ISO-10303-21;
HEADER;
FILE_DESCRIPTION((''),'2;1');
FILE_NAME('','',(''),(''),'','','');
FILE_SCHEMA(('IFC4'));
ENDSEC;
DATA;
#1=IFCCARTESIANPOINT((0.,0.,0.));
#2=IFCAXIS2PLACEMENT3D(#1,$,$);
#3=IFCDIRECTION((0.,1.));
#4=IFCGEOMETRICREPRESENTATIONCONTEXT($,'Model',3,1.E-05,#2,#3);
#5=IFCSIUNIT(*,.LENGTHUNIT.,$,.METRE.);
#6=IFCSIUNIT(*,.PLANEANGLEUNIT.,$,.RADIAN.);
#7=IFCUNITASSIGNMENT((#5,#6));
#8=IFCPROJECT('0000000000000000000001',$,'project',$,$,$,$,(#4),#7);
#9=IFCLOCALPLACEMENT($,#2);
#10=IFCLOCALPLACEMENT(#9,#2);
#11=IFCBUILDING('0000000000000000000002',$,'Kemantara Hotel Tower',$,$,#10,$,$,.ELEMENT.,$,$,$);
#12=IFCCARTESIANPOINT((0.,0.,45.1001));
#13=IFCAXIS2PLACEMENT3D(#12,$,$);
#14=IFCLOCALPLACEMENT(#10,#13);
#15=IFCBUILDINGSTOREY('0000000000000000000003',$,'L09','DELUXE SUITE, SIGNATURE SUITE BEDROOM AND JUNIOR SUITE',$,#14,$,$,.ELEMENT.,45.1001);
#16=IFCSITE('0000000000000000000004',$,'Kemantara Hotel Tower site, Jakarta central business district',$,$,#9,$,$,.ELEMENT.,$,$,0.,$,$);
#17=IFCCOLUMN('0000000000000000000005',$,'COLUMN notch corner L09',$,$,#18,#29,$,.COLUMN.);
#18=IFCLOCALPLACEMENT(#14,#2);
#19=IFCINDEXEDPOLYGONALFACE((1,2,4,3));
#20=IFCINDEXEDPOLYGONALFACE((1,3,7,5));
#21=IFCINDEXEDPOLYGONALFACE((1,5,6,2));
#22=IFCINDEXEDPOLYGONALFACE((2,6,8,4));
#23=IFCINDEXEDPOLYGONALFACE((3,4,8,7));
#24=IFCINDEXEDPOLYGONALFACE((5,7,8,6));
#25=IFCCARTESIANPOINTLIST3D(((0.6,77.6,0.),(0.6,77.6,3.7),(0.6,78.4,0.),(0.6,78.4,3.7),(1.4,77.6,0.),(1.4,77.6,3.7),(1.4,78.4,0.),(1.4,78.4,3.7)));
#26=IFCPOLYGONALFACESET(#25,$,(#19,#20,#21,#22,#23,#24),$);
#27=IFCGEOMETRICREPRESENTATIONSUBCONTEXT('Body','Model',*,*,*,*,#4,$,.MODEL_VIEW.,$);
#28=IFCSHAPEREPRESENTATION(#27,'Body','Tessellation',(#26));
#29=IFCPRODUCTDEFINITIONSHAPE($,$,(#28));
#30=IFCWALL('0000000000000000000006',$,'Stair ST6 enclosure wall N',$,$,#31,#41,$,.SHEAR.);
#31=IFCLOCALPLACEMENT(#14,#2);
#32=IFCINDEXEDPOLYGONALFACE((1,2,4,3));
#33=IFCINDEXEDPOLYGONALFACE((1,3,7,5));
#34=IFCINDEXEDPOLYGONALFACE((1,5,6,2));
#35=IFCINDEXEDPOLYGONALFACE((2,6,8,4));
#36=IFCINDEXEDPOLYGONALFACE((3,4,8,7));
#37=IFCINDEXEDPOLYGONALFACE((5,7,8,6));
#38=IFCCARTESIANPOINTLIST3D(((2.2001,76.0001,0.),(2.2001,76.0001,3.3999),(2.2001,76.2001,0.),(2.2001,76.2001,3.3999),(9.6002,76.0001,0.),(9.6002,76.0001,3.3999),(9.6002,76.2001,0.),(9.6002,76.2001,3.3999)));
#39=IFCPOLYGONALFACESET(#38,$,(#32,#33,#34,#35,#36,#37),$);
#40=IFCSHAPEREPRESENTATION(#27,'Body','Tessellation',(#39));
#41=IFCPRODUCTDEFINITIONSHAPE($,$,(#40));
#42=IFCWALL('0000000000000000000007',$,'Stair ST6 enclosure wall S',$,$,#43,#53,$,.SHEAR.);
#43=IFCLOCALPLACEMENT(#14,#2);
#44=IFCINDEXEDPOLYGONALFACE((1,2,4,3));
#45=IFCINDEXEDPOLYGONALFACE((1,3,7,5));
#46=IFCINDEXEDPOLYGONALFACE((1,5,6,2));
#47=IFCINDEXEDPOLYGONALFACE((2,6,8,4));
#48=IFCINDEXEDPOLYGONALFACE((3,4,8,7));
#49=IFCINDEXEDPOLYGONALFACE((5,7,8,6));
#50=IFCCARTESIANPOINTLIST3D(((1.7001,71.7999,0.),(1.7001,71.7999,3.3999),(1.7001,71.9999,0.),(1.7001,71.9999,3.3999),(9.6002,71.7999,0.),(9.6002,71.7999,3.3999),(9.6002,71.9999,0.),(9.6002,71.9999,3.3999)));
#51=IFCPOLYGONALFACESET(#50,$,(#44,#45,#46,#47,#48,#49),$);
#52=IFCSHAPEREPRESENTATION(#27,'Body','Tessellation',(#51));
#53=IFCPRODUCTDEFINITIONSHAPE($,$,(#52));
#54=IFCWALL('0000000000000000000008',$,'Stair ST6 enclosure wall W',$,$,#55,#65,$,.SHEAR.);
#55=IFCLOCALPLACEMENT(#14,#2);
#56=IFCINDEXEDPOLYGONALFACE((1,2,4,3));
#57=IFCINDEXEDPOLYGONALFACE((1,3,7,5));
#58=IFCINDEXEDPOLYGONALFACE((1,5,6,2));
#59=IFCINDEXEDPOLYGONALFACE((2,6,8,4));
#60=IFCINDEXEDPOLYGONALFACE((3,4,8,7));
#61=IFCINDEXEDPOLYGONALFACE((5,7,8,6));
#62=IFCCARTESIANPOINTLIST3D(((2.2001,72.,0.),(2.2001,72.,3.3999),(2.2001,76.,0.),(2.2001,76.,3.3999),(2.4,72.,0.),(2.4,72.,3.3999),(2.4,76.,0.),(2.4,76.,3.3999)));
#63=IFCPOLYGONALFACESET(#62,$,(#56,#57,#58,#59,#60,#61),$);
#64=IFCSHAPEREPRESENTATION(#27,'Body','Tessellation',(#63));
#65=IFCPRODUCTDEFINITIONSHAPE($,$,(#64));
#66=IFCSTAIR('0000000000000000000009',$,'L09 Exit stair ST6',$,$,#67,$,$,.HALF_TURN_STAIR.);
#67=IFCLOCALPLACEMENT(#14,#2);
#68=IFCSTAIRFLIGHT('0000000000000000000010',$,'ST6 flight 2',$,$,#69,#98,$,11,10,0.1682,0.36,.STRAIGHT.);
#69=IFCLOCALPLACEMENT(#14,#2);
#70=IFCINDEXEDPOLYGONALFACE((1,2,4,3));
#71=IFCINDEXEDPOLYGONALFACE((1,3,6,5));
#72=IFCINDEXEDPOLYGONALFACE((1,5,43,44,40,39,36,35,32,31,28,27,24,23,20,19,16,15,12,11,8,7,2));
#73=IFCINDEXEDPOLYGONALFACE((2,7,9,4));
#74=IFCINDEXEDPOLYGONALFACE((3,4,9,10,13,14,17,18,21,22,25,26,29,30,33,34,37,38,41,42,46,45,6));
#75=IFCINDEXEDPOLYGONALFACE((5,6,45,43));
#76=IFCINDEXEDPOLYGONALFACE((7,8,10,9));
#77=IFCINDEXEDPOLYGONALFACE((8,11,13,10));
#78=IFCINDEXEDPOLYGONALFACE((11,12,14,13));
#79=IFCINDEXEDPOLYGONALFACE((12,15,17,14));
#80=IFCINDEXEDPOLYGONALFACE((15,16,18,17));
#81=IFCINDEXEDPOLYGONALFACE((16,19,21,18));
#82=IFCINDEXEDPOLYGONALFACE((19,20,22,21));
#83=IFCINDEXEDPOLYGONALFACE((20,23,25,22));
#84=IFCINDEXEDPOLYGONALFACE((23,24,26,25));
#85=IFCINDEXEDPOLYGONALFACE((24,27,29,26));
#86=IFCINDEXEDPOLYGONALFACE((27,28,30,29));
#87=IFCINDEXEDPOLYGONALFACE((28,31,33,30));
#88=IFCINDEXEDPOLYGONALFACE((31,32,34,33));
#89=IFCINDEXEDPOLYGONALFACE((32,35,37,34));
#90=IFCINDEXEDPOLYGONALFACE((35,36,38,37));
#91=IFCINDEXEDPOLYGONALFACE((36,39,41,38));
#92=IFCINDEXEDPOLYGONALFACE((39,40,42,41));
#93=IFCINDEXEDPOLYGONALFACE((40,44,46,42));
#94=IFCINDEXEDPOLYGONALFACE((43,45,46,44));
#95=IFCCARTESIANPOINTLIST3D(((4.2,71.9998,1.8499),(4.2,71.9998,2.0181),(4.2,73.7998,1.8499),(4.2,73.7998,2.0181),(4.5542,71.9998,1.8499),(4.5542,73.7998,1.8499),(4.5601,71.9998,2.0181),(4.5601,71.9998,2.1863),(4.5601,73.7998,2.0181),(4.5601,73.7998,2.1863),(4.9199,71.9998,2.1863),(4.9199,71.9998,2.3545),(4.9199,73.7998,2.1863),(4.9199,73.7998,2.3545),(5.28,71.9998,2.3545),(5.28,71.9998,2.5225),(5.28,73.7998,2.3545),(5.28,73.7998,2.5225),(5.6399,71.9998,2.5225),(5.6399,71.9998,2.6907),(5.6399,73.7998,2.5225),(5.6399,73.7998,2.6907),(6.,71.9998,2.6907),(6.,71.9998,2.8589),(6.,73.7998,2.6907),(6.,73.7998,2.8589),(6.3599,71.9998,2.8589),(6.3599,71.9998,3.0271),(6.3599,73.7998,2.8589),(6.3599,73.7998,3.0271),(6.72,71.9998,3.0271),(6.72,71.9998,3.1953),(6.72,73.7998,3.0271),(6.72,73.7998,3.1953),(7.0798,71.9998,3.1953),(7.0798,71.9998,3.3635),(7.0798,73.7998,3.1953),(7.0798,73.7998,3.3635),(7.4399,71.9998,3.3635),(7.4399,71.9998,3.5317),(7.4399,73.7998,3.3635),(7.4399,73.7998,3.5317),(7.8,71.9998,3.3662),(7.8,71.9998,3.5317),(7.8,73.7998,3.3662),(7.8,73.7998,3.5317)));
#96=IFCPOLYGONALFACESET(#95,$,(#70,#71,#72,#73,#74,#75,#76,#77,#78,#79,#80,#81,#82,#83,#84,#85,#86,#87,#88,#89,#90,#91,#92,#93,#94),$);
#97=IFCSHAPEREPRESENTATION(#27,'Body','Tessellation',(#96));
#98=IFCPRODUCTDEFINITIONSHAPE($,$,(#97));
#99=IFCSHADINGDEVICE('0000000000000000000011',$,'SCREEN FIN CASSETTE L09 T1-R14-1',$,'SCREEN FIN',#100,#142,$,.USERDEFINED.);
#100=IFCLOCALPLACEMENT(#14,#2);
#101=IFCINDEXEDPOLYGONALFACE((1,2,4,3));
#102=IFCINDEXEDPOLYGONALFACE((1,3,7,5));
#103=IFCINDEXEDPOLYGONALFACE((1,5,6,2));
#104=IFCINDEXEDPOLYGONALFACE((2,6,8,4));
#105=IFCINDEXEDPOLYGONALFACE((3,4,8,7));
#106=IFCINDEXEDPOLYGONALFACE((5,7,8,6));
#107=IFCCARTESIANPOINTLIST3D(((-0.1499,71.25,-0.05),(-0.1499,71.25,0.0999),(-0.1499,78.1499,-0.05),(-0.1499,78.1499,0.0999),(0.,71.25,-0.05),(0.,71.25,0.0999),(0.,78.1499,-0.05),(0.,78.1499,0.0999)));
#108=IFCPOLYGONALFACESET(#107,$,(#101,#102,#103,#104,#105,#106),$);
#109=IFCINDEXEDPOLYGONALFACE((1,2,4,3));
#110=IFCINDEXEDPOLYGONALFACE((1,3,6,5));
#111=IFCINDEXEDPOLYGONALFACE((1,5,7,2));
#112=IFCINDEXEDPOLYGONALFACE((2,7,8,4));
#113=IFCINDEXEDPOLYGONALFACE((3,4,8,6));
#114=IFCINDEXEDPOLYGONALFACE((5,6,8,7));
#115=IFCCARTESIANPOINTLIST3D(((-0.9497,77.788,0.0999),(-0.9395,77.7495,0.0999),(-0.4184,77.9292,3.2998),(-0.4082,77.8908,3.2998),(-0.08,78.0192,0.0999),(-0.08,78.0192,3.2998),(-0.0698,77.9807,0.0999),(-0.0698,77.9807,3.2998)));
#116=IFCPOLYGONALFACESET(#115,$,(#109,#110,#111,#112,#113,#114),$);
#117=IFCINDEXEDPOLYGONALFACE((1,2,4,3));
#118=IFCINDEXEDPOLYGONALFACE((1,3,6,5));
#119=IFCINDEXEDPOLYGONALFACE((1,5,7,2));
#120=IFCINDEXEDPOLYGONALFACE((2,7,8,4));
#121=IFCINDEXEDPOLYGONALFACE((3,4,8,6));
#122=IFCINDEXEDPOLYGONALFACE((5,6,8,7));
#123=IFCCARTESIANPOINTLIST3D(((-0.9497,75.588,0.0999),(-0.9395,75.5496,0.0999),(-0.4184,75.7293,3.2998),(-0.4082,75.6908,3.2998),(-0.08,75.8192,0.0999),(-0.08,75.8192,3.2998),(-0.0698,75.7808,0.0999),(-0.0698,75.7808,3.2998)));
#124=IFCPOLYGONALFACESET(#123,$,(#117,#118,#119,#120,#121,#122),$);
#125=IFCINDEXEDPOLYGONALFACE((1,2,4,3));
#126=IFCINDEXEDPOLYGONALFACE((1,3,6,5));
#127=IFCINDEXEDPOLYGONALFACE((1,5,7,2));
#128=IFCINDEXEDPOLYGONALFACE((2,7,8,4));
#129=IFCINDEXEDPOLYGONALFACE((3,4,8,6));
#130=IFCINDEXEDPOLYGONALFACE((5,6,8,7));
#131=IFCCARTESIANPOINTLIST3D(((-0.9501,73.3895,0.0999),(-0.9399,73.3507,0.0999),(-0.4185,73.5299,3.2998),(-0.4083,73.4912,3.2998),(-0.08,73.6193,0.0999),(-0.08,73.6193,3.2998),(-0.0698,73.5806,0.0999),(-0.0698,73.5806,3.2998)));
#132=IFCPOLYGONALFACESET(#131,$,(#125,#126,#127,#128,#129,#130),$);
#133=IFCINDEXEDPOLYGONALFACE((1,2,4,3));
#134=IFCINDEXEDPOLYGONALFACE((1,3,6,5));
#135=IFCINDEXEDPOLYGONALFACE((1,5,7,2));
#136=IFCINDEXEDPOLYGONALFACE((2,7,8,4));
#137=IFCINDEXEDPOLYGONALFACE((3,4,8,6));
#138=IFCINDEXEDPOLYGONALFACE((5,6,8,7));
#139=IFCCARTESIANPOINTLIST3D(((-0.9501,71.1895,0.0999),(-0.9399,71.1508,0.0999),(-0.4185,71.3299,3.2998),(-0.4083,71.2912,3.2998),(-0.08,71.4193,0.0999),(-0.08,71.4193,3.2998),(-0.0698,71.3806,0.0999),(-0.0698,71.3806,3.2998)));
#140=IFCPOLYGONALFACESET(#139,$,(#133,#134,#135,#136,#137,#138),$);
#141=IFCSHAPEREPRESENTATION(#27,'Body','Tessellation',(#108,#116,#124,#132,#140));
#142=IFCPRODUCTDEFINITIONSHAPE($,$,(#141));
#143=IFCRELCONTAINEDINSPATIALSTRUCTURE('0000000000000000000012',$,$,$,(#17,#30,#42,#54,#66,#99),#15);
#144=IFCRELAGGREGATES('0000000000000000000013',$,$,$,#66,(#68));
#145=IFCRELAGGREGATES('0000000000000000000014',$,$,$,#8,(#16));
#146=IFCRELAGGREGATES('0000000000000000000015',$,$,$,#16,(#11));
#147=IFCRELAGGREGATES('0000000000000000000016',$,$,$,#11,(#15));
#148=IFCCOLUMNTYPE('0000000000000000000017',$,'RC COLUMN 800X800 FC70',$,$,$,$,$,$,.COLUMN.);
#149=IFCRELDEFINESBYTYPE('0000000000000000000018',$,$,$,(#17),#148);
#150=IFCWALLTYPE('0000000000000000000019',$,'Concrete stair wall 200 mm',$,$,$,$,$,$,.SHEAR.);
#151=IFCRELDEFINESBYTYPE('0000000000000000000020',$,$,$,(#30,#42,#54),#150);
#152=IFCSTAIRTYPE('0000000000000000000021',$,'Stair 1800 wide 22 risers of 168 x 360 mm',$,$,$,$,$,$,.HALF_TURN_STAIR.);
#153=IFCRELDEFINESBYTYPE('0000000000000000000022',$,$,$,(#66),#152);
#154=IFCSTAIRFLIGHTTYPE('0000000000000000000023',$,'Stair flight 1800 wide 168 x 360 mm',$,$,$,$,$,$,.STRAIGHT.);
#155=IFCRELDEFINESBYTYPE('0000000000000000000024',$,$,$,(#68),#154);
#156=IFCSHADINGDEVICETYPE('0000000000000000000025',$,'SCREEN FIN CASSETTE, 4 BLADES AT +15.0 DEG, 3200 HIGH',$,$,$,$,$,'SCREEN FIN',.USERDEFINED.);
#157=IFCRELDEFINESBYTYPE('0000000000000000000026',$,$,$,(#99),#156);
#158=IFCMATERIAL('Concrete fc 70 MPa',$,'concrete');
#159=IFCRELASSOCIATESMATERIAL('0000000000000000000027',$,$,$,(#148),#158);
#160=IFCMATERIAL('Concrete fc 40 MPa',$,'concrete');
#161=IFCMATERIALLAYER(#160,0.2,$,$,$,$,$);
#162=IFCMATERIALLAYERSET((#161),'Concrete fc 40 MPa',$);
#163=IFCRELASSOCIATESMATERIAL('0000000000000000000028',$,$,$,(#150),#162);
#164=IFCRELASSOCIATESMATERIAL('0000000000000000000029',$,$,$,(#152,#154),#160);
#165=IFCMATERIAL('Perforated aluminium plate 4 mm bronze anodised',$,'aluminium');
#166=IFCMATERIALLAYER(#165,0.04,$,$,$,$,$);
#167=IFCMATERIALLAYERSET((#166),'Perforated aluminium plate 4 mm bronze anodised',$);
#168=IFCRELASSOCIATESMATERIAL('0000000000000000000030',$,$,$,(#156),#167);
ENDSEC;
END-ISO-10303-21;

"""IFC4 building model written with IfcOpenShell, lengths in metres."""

from ifc_helpers import new_model, si_unit, direction, frame, frame_2d, origin, origin_2d, place, context, subcontext, project, spatial, polyline, rectangle, outline, extrude, source, transform, mapped, material, layer, layer_set, material_profile, profile_set, type_object, element, aggregate, save


model = new_model("IFC4")

# Units and contexts
model_context = context("Model", 3, precision=1e-05, world=origin(), true_north=direction((0.0, 1.0)))
body_context = subcontext(model_context, "Body", "Model", "MODEL_VIEW")
ifc_project = project(units=[si_unit("LENGTHUNIT", "METRE"), si_unit("PLANEANGLEUNIT", "RADIAN")], contexts=[model_context])

# Site, building, storey
site_placement = place(None, origin())
site = spatial("IfcSite", under=ifc_project, at=site_placement, Name="Kemantara Hotel Tower site, Jakarta central business district", CompositionType="ELEMENT", RefElevation=0.0)
building_placement = place(site_placement, origin())
building = spatial("IfcBuilding", under=site, at=building_placement, Name="Kemantara Hotel Tower", CompositionType="ELEMENT")
storey_placement = place(building_placement, frame((0.0, 0.0, 45.1001)))
storey = spatial("IfcBuildingStorey", under=building, at=storey_placement, Name="L09", Description="DELUXE SUITE, SIGNATURE SUITE BEDROOM AND JUNIOR SUITE", CompositionType="ELEMENT", Elevation=45.1001)

# Column
ifc_material_1 = material(Name="Concrete fc 70 MPa", Category="concrete")
ifc_material_profile = material_profile(ifc_material_1, rectangle(XDim=0.8, YDim=0.8, at=origin_2d()), Name="RC 800X800")
ifc_profile_set = profile_set([ifc_material_profile], Name="Concrete fc 70 MPa")
column_type = type_object("IfcColumnType", Name="RC COLUMN 800X800 FC70", PredefinedType="COLUMN", material=ifc_profile_set)
column_placement = place(storey_placement, frame((1.0, 78.0, 0.0), z_axis=(0.0, 0.0, 1.0), x_axis=(1.0, 0.0, 0.0)))
element("IfcColumn", 1, at=column_placement, inside=storey, type_object=column_type, Name="COLUMN notch corner L09", PredefinedType="COLUMN", context=body_context, shape_type="SweptSolid", body=[
    extrude(rectangle(XDim=0.8, YDim=0.8, at=origin_2d()), origin(), (0.0, 0.0, 1.0), 3.7),
])

# Walls
ifc_material_2 = material(Name="Concrete fc 40 MPa", Category="concrete")
ifc_layer_1 = layer(ifc_material_2, 0.2)
ifc_layer_set_1 = layer_set([ifc_layer_1], Name="Concrete fc 40 MPa")
wall_type = type_object("IfcWallType", Name="Concrete stair wall 200 mm", PredefinedType="SHEAR", material=ifc_layer_set_1)
wall_1_placement = place(storey_placement, frame((2.2, 76.1001, 0.0), z_axis=(0.0, 0.0, 1.0), x_axis=(1.0, 0.0, 0.0)))
element("IfcWall", 2, at=wall_1_placement, inside=storey, type_object=wall_type, Name="Stair ST6 enclosure wall N", PredefinedType="SHEAR", context=body_context, shape_type="SweptSolid", body=[
    extrude(rectangle(XDim=7.4001, YDim=0.2, at=frame_2d((3.7002, 0.0))), origin(), (0.0, 0.0, 1.0), 3.3999),
])
wall_2_placement = place(storey_placement, frame((1.7, 71.8999, 0.0), z_axis=(0.0, 0.0, 1.0), x_axis=(1.0, 0.0, 0.0)))
element("IfcWall", 3, at=wall_2_placement, inside=storey, type_object=wall_type, Name="Stair ST6 enclosure wall S", PredefinedType="SHEAR", context=body_context, shape_type="SweptSolid", body=[
    extrude(rectangle(XDim=7.9001, YDim=0.2, at=frame_2d((3.9502, 0.0))), origin(), (0.0, 0.0, 1.0), 3.3999),
])
wall_3_placement = place(storey_placement, frame((2.3, 72.0, 0.0), z_axis=(0.0, 0.0, 1.0), x_axis=(0.0, 1.0, 0.0)))
element("IfcWall", 4, at=wall_3_placement, inside=storey, type_object=wall_type, Name="Stair ST6 enclosure wall W", PredefinedType="SHEAR", context=body_context, shape_type="SweptSolid", body=[
    extrude(rectangle(XDim=4.0, YDim=0.2, at=frame_2d((2.0, 0.0))), origin(), (0.0, 0.0, 1.0), 3.3999),
])

# Stair, stair flight
stair_type = type_object("IfcStairType", Name="Stair 1800 wide 22 risers of 168 x 360 mm", PredefinedType="HALF_TURN_STAIR", material=ifc_material_2)
stair_placement = place(storey_placement, origin())
stair = element("IfcStair", 5, at=stair_placement, inside=storey, type_object=stair_type, Name="L09 Exit stair ST6", PredefinedType="HALF_TURN_STAIR")
stair_flight_type = type_object("IfcStairFlightType", Name="Stair flight 1800 wide 168 x 360 mm", PredefinedType="STRAIGHT", material=ifc_material_2)
stair_flight_placement = place(storey_placement, frame((4.2, 72.8999, 1.8499), z_axis=(0.0, 0.0, 1.0), x_axis=(1.0, 0.0, 0.0)))
stair_flight = element("IfcStairFlight", 6, at=stair_flight_placement, type_object=stair_flight_type, Name="ST6 flight 2", NumberOfRisers=11, NumberOfTreads=10, PredefinedType="STRAIGHT", RiserHeight=0.1682, TreadLength=0.36, context=body_context, shape_type="SweptSolid", body=[
    extrude(outline(polyline([(0.0, 0.0), (0.0, 0.1682), (0.3601, 0.1682), (0.3601, 0.3364), (0.72, 0.3364), (0.72, 0.5046), (1.0801, 0.5046), (1.0801, 0.6726), (1.4399, 0.6726), (1.4399, 0.8408), (1.8, 0.8408), (1.8, 1.009), (2.1599, 1.009), (2.1599, 1.1772), (2.52, 1.1772), (2.52, 1.3455), (2.8799, 1.3455), (2.8799, 1.5137), (3.24, 1.5137), (3.24, 1.6819), (3.6001, 1.6819), (3.6001, 1.8501), (3.6001, 1.5164), (0.3542, 0.0), (0.0, 0.0)])), frame((0.0, 0.8999, 0.0), z_axis=(0.0, -1.0, 0.0), x_axis=(1.0, 0.0, 0.0)), (0.0, 0.0, 1.0), 1.8),
])
aggregate(stair, [stair_flight])

# Shading device
ifc_material_3 = material(Name="Perforated aluminium plate 4 mm bronze anodised", Category="aluminium")
ifc_layer_2 = layer(ifc_material_3, 0.04)
ifc_layer_set_2 = layer_set([ifc_layer_2], Name="Perforated aluminium plate 4 mm bronze anodised")
shading_device_type = type_object("IfcShadingDeviceType", Name="SCREEN FIN CASSETTE, 4 BLADES AT +15.0 DEG, 3200 HIGH", ElementType="SCREEN FIN", PredefinedType="USERDEFINED", material=ifc_layer_set_2)
shared_shape = source(origin(), body_context, "Body", "SweptSolid", [
    extrude(rectangle(XDim=6.8999, YDim=0.1499, at=origin_2d()), frame((3.3, -0.075, -0.1499), z_axis=(0.0, 0.0, 1.0), x_axis=(1.0, 0.0, 0.0)), (0.0, 0.0, 1.0), 0.1499),
    extrude(outline(polyline([(0.0, 0.0), (0.8999, 0.0), (0.3501, 3.2), (0.0, 3.2), (0.0, 0.0)])), frame((0.0193, -0.0698, 0.0), z_axis=(-0.966438, -0.256901, 0.0), x_axis=(0.256901, -0.966438, 0.0)), (0.0, 0.0, 1.0), 0.0398),
    extrude(outline(polyline([(0.0, 0.0), (0.8999, 0.0), (0.3501, 3.2), (0.0, 3.2), (0.0, 0.0)])), frame((2.2192, -0.0698, 0.0), z_axis=(-0.966438, -0.256901, 0.0), x_axis=(0.256901, -0.966438, 0.0)), (0.0, 0.0, 1.0), 0.0398),
    extrude(outline(polyline([(0.0, 0.0), (0.8999, 0.0), (0.3501, 3.2), (0.0, 3.2), (0.0, 0.0)])), frame((4.4194, -0.0698, 0.0), z_axis=(-0.966838, -0.255391, 0.0), x_axis=(0.255391, -0.966838, 0.0)), (0.0, 0.0, 1.0), 0.04),
    extrude(outline(polyline([(0.0, 0.0), (0.8999, 0.0), (0.3501, 3.2), (0.0, 3.2), (0.0, 0.0)])), frame((6.6194, -0.0698, 0.0), z_axis=(-0.966838, -0.255391, 0.0), x_axis=(0.255391, -0.966838, 0.0)), (0.0, 0.0, 1.0), 0.04),
])
shading_device_placement = place(storey_placement, frame((0.0, 78.0, 0.0999), z_axis=(0.0, 0.0, 1.0), x_axis=(0.0, -1.0, 0.0)))
element("IfcShadingDevice", 7, at=shading_device_placement, inside=storey, type_object=shading_device_type, Name="SCREEN FIN CASSETTE L09 T1-R14-1", ObjectType="SCREEN FIN", PredefinedType="USERDEFINED", context=body_context, shape_type="MappedRepresentation", body=[
    mapped(shared_shape, transform((0.0, 0.0, 0.0))),
])

save(model, "model.ifc")
